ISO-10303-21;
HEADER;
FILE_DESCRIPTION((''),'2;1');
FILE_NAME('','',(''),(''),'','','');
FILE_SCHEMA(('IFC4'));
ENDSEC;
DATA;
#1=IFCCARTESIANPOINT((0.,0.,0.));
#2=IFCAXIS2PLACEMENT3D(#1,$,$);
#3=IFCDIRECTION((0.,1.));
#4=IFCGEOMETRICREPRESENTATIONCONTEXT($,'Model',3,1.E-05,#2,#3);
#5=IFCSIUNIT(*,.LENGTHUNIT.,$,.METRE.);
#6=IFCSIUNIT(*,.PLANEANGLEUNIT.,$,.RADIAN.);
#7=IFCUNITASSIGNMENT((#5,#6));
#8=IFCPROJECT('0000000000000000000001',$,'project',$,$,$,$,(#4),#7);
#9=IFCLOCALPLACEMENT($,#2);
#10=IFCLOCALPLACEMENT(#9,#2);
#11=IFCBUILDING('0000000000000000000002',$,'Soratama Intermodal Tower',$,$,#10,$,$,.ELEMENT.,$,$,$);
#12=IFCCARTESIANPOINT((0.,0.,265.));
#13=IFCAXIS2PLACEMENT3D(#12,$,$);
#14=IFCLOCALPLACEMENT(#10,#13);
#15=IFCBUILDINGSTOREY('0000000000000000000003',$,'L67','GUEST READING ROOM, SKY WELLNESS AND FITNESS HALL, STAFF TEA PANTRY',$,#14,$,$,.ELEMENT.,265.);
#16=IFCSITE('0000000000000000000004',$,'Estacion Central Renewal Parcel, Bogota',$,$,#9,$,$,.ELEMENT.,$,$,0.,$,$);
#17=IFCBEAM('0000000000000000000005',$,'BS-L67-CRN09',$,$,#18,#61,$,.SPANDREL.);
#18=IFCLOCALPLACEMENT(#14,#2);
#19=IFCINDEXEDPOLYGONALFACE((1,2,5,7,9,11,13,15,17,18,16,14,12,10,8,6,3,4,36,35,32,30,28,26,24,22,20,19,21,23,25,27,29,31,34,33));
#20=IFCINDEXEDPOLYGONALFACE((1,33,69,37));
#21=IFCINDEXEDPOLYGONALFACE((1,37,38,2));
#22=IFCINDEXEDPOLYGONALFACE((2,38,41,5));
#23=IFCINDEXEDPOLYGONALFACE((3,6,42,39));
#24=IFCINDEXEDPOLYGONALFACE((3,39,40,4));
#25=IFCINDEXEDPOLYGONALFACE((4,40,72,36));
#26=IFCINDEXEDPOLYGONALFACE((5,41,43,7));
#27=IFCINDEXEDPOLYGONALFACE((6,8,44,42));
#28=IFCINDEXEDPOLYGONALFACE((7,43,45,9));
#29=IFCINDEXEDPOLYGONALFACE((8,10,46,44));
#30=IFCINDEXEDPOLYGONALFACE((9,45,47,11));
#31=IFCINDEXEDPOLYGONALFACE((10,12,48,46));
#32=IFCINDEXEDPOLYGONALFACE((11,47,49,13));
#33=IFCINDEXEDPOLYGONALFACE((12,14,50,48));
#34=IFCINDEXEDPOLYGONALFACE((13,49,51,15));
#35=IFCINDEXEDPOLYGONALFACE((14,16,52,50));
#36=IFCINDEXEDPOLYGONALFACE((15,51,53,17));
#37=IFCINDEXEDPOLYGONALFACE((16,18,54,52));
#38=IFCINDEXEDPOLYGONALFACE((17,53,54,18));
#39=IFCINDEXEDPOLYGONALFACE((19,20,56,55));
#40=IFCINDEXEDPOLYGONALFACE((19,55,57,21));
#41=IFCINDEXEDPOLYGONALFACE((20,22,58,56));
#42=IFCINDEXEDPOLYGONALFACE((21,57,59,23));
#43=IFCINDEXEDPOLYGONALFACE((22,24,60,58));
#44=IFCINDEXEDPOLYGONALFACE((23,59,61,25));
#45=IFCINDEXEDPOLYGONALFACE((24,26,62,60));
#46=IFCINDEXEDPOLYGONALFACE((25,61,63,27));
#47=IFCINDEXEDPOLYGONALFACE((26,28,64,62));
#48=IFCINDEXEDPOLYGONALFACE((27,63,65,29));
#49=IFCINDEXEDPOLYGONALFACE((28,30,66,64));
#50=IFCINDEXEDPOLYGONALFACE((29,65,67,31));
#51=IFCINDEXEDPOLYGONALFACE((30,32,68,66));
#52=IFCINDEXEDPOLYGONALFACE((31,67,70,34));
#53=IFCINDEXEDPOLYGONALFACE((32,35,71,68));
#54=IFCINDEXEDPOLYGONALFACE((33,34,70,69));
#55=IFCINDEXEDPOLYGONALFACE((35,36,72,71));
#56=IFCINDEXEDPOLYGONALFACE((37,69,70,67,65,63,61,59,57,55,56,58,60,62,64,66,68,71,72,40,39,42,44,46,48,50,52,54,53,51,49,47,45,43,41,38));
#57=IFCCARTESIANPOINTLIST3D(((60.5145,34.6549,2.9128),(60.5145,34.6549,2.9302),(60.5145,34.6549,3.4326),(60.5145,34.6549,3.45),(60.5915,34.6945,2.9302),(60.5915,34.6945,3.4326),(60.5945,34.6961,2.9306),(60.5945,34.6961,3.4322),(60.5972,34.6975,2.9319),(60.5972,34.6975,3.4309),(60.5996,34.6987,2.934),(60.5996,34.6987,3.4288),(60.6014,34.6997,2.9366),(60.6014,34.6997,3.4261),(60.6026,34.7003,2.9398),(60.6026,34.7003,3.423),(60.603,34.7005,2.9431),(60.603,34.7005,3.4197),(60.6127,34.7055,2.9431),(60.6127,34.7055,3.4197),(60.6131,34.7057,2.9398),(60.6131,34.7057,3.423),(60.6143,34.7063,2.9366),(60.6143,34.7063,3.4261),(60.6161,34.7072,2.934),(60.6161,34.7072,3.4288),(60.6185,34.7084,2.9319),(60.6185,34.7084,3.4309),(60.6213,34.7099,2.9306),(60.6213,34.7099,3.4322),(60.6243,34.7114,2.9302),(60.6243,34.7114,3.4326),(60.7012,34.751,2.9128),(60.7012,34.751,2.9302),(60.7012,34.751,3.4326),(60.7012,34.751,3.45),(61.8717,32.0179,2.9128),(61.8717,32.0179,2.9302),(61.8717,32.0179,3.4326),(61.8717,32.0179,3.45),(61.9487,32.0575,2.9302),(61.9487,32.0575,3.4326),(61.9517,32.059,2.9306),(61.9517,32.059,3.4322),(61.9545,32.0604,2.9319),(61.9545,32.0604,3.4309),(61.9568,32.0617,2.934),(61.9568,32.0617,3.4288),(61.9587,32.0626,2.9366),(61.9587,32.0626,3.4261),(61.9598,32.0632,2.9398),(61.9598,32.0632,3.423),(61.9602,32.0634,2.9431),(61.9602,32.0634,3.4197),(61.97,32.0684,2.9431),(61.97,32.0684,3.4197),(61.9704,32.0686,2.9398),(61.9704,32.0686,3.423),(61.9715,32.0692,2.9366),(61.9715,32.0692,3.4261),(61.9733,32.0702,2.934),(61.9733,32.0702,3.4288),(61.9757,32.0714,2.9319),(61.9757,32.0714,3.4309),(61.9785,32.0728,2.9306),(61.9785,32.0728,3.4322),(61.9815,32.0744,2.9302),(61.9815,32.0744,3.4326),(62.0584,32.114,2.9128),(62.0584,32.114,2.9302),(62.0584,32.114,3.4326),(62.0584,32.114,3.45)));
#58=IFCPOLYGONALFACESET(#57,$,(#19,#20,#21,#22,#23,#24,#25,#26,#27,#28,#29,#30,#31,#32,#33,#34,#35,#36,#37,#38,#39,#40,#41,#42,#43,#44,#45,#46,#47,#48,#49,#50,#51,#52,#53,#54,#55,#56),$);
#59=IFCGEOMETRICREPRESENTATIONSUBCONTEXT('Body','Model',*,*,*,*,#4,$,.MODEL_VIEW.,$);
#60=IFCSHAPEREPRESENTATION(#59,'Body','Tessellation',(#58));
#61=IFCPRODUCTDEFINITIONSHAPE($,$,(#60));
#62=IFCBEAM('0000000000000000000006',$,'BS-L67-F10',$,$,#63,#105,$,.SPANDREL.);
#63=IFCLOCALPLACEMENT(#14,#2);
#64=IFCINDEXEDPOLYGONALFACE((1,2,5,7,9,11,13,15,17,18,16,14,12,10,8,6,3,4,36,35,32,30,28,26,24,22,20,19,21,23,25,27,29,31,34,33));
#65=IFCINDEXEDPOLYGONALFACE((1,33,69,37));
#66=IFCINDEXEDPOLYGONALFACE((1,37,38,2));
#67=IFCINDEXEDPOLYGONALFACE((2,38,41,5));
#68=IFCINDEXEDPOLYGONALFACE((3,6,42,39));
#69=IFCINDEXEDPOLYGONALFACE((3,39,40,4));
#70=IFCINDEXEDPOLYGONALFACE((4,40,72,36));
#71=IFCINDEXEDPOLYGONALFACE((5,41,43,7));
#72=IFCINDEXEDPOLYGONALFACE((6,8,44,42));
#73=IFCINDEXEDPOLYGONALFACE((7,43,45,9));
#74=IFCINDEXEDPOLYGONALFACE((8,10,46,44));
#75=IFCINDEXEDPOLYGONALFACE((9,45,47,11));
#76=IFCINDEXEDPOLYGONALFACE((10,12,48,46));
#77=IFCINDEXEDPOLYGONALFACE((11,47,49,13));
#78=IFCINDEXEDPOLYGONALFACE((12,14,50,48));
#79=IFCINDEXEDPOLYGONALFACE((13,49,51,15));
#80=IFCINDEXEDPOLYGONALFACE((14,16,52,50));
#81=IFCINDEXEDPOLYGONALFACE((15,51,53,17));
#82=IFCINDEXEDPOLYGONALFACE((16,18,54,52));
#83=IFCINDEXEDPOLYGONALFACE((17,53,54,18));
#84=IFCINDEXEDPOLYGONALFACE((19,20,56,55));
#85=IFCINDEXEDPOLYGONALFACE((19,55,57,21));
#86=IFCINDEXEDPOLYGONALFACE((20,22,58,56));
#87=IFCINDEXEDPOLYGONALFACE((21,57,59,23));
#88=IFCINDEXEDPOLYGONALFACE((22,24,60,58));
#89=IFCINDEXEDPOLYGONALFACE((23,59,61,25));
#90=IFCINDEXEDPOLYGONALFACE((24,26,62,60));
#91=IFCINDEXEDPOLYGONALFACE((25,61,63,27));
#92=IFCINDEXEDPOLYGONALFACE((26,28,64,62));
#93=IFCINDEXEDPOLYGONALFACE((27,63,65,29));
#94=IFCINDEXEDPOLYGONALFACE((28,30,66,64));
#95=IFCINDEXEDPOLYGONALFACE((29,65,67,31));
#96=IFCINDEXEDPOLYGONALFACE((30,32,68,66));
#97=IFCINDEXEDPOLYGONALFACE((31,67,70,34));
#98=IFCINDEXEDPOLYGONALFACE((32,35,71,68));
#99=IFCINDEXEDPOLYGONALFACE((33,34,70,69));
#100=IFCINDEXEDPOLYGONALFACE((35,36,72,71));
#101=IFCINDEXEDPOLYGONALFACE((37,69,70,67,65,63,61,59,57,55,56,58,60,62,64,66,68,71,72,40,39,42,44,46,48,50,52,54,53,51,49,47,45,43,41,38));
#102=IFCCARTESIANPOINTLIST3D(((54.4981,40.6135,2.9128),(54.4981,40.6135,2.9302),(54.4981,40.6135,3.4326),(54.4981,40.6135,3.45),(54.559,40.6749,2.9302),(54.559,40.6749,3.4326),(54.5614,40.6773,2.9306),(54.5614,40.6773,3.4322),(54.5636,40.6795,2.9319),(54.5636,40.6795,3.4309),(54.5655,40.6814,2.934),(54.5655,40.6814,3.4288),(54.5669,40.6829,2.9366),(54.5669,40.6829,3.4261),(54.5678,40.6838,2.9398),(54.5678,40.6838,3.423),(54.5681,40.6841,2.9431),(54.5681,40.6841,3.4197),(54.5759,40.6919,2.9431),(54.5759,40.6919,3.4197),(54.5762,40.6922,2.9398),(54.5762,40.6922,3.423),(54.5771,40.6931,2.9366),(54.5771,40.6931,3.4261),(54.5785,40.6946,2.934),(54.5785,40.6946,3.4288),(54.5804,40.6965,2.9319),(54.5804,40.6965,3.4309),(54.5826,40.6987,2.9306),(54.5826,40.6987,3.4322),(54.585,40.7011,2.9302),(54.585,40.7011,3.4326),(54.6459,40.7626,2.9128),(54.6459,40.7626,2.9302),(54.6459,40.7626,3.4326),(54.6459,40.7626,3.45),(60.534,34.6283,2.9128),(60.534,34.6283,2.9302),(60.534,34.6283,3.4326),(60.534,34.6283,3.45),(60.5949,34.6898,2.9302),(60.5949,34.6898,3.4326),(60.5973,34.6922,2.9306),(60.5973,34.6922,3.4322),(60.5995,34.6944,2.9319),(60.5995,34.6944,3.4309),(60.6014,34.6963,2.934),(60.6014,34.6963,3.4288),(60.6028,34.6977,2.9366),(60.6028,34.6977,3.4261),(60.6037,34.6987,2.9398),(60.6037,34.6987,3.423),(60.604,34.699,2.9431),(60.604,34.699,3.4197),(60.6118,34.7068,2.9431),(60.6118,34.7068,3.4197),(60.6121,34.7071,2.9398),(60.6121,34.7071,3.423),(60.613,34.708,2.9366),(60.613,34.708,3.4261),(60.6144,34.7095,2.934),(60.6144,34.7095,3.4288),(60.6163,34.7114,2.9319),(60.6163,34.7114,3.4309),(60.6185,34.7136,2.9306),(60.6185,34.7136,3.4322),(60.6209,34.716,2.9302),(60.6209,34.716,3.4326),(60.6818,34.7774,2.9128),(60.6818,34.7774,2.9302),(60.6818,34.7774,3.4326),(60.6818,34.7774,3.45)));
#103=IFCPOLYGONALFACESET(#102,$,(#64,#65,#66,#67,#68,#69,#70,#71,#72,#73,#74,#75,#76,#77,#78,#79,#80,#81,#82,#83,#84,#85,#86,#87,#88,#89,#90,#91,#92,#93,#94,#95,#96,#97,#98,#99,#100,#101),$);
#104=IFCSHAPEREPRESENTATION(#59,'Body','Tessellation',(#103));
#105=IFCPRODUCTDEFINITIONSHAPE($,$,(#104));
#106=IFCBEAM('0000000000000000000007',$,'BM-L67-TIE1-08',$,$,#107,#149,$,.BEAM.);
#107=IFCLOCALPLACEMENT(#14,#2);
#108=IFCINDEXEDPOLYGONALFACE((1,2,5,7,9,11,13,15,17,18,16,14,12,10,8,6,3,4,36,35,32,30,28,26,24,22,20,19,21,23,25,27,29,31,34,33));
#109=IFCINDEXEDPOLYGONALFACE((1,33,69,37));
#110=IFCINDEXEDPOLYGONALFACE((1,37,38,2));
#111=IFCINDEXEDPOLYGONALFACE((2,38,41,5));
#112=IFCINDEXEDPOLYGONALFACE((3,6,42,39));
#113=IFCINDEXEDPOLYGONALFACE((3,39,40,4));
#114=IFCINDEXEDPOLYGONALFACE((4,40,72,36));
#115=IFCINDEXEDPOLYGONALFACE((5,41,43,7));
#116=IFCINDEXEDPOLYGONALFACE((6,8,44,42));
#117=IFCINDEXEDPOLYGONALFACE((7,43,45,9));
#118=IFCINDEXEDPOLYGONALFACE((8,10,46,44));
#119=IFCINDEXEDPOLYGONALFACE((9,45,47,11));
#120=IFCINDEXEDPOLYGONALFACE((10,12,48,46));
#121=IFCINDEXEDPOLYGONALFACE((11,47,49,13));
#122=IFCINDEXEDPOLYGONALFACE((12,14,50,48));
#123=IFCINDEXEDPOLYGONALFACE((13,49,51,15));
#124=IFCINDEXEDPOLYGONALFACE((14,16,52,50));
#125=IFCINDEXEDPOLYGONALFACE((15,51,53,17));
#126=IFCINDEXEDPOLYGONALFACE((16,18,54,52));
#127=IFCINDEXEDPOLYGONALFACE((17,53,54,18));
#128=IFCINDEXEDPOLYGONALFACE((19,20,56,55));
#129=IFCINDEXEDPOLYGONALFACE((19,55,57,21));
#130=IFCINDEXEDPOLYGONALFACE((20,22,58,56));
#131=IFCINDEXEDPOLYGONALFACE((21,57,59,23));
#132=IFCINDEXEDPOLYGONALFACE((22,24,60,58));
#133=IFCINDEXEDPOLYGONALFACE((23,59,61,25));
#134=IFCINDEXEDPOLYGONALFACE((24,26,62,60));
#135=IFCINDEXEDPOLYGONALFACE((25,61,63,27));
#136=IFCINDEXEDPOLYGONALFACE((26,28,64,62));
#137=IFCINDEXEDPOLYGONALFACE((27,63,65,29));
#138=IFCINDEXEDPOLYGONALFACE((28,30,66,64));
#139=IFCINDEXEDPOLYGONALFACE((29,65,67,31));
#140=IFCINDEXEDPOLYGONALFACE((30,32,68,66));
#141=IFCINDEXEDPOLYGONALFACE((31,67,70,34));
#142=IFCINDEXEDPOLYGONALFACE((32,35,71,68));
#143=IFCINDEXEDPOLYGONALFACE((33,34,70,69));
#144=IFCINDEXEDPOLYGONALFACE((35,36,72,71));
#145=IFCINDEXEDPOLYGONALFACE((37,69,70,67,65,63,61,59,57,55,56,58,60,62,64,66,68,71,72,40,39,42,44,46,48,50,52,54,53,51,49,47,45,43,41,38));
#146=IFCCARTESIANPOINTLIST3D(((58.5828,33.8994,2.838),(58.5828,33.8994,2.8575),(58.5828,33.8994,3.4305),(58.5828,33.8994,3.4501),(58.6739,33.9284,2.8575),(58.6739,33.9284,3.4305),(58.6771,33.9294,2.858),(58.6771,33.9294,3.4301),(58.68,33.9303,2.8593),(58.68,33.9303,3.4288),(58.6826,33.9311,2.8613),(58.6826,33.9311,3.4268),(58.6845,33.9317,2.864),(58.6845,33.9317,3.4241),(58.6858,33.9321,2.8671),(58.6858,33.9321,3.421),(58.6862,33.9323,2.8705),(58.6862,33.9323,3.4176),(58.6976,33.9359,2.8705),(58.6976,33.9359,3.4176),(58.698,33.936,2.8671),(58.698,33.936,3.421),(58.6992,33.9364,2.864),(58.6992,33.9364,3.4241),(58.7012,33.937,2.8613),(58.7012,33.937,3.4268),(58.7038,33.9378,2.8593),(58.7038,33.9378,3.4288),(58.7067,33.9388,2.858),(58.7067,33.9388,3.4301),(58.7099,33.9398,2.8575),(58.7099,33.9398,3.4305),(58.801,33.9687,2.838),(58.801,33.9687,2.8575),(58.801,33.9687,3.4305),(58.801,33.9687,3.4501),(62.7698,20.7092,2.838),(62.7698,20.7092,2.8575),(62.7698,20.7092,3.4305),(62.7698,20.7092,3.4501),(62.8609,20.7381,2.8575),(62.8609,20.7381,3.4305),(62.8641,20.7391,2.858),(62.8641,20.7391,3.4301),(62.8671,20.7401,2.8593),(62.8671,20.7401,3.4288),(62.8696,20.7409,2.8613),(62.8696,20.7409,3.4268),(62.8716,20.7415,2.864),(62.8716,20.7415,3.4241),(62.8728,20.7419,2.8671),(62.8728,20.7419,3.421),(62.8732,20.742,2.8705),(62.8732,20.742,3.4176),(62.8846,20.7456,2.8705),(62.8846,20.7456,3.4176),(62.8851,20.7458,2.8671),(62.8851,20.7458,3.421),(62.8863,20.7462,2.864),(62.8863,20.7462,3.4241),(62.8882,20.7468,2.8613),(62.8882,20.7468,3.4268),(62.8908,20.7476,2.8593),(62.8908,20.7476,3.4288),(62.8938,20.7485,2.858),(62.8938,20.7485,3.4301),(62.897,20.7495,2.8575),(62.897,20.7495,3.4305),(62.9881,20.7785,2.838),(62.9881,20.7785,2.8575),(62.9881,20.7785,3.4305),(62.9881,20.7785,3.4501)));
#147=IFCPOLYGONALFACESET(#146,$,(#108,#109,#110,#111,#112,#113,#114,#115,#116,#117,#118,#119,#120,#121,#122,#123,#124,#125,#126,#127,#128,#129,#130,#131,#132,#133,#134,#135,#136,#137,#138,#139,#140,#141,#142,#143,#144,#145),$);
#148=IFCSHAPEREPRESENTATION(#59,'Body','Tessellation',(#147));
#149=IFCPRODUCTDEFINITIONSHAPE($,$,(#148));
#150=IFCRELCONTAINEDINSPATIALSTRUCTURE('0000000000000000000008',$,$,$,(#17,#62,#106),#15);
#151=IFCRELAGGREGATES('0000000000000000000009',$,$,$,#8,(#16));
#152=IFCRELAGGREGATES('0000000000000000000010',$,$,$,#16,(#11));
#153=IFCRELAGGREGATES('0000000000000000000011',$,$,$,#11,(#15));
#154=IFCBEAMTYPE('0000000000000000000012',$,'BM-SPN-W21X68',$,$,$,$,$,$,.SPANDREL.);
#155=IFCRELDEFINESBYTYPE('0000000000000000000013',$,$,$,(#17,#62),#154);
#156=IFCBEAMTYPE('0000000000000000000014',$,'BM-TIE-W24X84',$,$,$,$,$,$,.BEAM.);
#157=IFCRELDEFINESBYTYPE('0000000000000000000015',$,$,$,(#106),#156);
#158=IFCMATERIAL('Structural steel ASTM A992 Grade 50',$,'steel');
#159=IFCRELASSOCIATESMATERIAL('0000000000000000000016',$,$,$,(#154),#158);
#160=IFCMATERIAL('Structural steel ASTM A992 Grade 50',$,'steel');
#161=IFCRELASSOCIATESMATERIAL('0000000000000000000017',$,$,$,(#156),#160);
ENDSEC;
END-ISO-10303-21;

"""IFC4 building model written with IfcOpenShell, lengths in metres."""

from ifc_helpers import new_model, si_unit, direction, frame, origin, origin_2d, place, context, subcontext, project, spatial, i_section, extrude, material, material_profile, profile_set, type_object, element, save


model = new_model("IFC4")

# Units and contexts
model_context = context("Model", 3, precision=1e-05, world=origin(), true_north=direction((0.0, 1.0)))
body_context = subcontext(model_context, "Body", "Model", "MODEL_VIEW")
ifc_project = project(units=[si_unit("LENGTHUNIT", "METRE"), si_unit("PLANEANGLEUNIT", "RADIAN")], contexts=[model_context])

# Site, building, storey
site_placement = place(None, origin())
site = spatial("IfcSite", under=ifc_project, at=site_placement, Name="Estacion Central Renewal Parcel, Bogota", CompositionType="ELEMENT", RefElevation=0.0)
building_placement = place(site_placement, origin())
building = spatial("IfcBuilding", under=site, at=building_placement, Name="Soratama Intermodal Tower", CompositionType="ELEMENT")
storey_placement = place(building_placement, frame((0.0, 0.0, 265.0)))
storey = spatial("IfcBuildingStorey", under=building, at=storey_placement, Name="L67", Description="GUEST READING ROOM, SKY WELLNESS AND FITNESS HALL, STAFF TEA PANTRY", CompositionType="ELEMENT", Elevation=265.0)

# Beams
ifc_material_1 = material(Name="Structural steel ASTM A992 Grade 50", Category="steel")
ifc_material_profile_1 = material_profile(ifc_material_1, i_section(OverallWidth=0.21, OverallDepth=0.5371, WebThickness=0.011, FlangeThickness=0.0173, FilletRadius=0.0129, at=origin_2d()), Name="W21X68")
ifc_profile_set_1 = profile_set([ifc_material_profile_1], Name="Structural steel ASTM A992 Grade 50")
beam_type_1 = type_object("IfcBeamType", Name="BM-SPN-W21X68", PredefinedType="SPANDREL", material=ifc_profile_set_1)
beam_1_placement = place(storey_placement, frame((61.9651, 32.0659, 3.1814), z_axis=(-0.457621, 0.889147, 0.0), x_axis=(-0.889147, -0.457621, 0.0)))
element("IfcBeam", 1, at=beam_1_placement, inside=storey, type_object=beam_type_1, Name="BS-L67-CRN09", PredefinedType="SPANDREL", context=body_context, shape_type="SweptSolid", body=[
    extrude(i_section(OverallWidth=0.21, OverallDepth=0.5371, WebThickness=0.011, FlangeThickness=0.0173, FilletRadius=0.0129, at=origin_2d()), origin(), (0.0, 0.0, 1.0), 2.9658),
])
beam_2_placement = place(storey_placement, frame((60.6079, 34.7029, 3.1814), z_axis=(-0.710088, 0.704113, 0.0), x_axis=(-0.704113, -0.710088, 0.0)))
element("IfcBeam", 2, at=beam_2_placement, inside=storey, type_object=beam_type_1, Name="BS-L67-F10", PredefinedType="SPANDREL", context=body_context, shape_type="SweptSolid", body=[
    extrude(i_section(OverallWidth=0.21, OverallDepth=0.5371, WebThickness=0.011, FlangeThickness=0.0173, FilletRadius=0.0129, at=origin_2d()), origin(), (0.0, 0.0, 1.0), 8.5002),
])
ifc_material_2 = material(Name="Structural steel ASTM A992 Grade 50", Category="steel")
ifc_material_profile_2 = material_profile(ifc_material_2, i_section(OverallWidth=0.229, OverallDepth=0.6121, WebThickness=0.012, FlangeThickness=0.0195, FilletRadius=0.0129, at=origin_2d()), Name="W24X84")
ifc_profile_set_2 = profile_set([ifc_material_profile_2], Name="Structural steel ASTM A992 Grade 50")
beam_type_2 = type_object("IfcBeamType", Name="BM-TIE-W24X84", PredefinedType="BEAM", material=ifc_profile_set_2)
beam_3_placement = place(storey_placement, frame((58.6919, 33.9341, 3.144), z_axis=(0.302556, -0.953132, 0.0), x_axis=(0.953132, 0.302556, 0.0)))
element("IfcBeam", 3, at=beam_3_placement, inside=storey, type_object=beam_type_2, Name="BM-L67-TIE1-08", PredefinedType="BEAM", context=body_context, shape_type="SweptSolid", body=[
    extrude(i_section(OverallWidth=0.229, OverallDepth=0.6121, WebThickness=0.012, FlangeThickness=0.0195, FilletRadius=0.0129, at=origin_2d()), origin(), (0.0, 0.0, 1.0), 13.8389),
])

save(model, "model.ifc")
